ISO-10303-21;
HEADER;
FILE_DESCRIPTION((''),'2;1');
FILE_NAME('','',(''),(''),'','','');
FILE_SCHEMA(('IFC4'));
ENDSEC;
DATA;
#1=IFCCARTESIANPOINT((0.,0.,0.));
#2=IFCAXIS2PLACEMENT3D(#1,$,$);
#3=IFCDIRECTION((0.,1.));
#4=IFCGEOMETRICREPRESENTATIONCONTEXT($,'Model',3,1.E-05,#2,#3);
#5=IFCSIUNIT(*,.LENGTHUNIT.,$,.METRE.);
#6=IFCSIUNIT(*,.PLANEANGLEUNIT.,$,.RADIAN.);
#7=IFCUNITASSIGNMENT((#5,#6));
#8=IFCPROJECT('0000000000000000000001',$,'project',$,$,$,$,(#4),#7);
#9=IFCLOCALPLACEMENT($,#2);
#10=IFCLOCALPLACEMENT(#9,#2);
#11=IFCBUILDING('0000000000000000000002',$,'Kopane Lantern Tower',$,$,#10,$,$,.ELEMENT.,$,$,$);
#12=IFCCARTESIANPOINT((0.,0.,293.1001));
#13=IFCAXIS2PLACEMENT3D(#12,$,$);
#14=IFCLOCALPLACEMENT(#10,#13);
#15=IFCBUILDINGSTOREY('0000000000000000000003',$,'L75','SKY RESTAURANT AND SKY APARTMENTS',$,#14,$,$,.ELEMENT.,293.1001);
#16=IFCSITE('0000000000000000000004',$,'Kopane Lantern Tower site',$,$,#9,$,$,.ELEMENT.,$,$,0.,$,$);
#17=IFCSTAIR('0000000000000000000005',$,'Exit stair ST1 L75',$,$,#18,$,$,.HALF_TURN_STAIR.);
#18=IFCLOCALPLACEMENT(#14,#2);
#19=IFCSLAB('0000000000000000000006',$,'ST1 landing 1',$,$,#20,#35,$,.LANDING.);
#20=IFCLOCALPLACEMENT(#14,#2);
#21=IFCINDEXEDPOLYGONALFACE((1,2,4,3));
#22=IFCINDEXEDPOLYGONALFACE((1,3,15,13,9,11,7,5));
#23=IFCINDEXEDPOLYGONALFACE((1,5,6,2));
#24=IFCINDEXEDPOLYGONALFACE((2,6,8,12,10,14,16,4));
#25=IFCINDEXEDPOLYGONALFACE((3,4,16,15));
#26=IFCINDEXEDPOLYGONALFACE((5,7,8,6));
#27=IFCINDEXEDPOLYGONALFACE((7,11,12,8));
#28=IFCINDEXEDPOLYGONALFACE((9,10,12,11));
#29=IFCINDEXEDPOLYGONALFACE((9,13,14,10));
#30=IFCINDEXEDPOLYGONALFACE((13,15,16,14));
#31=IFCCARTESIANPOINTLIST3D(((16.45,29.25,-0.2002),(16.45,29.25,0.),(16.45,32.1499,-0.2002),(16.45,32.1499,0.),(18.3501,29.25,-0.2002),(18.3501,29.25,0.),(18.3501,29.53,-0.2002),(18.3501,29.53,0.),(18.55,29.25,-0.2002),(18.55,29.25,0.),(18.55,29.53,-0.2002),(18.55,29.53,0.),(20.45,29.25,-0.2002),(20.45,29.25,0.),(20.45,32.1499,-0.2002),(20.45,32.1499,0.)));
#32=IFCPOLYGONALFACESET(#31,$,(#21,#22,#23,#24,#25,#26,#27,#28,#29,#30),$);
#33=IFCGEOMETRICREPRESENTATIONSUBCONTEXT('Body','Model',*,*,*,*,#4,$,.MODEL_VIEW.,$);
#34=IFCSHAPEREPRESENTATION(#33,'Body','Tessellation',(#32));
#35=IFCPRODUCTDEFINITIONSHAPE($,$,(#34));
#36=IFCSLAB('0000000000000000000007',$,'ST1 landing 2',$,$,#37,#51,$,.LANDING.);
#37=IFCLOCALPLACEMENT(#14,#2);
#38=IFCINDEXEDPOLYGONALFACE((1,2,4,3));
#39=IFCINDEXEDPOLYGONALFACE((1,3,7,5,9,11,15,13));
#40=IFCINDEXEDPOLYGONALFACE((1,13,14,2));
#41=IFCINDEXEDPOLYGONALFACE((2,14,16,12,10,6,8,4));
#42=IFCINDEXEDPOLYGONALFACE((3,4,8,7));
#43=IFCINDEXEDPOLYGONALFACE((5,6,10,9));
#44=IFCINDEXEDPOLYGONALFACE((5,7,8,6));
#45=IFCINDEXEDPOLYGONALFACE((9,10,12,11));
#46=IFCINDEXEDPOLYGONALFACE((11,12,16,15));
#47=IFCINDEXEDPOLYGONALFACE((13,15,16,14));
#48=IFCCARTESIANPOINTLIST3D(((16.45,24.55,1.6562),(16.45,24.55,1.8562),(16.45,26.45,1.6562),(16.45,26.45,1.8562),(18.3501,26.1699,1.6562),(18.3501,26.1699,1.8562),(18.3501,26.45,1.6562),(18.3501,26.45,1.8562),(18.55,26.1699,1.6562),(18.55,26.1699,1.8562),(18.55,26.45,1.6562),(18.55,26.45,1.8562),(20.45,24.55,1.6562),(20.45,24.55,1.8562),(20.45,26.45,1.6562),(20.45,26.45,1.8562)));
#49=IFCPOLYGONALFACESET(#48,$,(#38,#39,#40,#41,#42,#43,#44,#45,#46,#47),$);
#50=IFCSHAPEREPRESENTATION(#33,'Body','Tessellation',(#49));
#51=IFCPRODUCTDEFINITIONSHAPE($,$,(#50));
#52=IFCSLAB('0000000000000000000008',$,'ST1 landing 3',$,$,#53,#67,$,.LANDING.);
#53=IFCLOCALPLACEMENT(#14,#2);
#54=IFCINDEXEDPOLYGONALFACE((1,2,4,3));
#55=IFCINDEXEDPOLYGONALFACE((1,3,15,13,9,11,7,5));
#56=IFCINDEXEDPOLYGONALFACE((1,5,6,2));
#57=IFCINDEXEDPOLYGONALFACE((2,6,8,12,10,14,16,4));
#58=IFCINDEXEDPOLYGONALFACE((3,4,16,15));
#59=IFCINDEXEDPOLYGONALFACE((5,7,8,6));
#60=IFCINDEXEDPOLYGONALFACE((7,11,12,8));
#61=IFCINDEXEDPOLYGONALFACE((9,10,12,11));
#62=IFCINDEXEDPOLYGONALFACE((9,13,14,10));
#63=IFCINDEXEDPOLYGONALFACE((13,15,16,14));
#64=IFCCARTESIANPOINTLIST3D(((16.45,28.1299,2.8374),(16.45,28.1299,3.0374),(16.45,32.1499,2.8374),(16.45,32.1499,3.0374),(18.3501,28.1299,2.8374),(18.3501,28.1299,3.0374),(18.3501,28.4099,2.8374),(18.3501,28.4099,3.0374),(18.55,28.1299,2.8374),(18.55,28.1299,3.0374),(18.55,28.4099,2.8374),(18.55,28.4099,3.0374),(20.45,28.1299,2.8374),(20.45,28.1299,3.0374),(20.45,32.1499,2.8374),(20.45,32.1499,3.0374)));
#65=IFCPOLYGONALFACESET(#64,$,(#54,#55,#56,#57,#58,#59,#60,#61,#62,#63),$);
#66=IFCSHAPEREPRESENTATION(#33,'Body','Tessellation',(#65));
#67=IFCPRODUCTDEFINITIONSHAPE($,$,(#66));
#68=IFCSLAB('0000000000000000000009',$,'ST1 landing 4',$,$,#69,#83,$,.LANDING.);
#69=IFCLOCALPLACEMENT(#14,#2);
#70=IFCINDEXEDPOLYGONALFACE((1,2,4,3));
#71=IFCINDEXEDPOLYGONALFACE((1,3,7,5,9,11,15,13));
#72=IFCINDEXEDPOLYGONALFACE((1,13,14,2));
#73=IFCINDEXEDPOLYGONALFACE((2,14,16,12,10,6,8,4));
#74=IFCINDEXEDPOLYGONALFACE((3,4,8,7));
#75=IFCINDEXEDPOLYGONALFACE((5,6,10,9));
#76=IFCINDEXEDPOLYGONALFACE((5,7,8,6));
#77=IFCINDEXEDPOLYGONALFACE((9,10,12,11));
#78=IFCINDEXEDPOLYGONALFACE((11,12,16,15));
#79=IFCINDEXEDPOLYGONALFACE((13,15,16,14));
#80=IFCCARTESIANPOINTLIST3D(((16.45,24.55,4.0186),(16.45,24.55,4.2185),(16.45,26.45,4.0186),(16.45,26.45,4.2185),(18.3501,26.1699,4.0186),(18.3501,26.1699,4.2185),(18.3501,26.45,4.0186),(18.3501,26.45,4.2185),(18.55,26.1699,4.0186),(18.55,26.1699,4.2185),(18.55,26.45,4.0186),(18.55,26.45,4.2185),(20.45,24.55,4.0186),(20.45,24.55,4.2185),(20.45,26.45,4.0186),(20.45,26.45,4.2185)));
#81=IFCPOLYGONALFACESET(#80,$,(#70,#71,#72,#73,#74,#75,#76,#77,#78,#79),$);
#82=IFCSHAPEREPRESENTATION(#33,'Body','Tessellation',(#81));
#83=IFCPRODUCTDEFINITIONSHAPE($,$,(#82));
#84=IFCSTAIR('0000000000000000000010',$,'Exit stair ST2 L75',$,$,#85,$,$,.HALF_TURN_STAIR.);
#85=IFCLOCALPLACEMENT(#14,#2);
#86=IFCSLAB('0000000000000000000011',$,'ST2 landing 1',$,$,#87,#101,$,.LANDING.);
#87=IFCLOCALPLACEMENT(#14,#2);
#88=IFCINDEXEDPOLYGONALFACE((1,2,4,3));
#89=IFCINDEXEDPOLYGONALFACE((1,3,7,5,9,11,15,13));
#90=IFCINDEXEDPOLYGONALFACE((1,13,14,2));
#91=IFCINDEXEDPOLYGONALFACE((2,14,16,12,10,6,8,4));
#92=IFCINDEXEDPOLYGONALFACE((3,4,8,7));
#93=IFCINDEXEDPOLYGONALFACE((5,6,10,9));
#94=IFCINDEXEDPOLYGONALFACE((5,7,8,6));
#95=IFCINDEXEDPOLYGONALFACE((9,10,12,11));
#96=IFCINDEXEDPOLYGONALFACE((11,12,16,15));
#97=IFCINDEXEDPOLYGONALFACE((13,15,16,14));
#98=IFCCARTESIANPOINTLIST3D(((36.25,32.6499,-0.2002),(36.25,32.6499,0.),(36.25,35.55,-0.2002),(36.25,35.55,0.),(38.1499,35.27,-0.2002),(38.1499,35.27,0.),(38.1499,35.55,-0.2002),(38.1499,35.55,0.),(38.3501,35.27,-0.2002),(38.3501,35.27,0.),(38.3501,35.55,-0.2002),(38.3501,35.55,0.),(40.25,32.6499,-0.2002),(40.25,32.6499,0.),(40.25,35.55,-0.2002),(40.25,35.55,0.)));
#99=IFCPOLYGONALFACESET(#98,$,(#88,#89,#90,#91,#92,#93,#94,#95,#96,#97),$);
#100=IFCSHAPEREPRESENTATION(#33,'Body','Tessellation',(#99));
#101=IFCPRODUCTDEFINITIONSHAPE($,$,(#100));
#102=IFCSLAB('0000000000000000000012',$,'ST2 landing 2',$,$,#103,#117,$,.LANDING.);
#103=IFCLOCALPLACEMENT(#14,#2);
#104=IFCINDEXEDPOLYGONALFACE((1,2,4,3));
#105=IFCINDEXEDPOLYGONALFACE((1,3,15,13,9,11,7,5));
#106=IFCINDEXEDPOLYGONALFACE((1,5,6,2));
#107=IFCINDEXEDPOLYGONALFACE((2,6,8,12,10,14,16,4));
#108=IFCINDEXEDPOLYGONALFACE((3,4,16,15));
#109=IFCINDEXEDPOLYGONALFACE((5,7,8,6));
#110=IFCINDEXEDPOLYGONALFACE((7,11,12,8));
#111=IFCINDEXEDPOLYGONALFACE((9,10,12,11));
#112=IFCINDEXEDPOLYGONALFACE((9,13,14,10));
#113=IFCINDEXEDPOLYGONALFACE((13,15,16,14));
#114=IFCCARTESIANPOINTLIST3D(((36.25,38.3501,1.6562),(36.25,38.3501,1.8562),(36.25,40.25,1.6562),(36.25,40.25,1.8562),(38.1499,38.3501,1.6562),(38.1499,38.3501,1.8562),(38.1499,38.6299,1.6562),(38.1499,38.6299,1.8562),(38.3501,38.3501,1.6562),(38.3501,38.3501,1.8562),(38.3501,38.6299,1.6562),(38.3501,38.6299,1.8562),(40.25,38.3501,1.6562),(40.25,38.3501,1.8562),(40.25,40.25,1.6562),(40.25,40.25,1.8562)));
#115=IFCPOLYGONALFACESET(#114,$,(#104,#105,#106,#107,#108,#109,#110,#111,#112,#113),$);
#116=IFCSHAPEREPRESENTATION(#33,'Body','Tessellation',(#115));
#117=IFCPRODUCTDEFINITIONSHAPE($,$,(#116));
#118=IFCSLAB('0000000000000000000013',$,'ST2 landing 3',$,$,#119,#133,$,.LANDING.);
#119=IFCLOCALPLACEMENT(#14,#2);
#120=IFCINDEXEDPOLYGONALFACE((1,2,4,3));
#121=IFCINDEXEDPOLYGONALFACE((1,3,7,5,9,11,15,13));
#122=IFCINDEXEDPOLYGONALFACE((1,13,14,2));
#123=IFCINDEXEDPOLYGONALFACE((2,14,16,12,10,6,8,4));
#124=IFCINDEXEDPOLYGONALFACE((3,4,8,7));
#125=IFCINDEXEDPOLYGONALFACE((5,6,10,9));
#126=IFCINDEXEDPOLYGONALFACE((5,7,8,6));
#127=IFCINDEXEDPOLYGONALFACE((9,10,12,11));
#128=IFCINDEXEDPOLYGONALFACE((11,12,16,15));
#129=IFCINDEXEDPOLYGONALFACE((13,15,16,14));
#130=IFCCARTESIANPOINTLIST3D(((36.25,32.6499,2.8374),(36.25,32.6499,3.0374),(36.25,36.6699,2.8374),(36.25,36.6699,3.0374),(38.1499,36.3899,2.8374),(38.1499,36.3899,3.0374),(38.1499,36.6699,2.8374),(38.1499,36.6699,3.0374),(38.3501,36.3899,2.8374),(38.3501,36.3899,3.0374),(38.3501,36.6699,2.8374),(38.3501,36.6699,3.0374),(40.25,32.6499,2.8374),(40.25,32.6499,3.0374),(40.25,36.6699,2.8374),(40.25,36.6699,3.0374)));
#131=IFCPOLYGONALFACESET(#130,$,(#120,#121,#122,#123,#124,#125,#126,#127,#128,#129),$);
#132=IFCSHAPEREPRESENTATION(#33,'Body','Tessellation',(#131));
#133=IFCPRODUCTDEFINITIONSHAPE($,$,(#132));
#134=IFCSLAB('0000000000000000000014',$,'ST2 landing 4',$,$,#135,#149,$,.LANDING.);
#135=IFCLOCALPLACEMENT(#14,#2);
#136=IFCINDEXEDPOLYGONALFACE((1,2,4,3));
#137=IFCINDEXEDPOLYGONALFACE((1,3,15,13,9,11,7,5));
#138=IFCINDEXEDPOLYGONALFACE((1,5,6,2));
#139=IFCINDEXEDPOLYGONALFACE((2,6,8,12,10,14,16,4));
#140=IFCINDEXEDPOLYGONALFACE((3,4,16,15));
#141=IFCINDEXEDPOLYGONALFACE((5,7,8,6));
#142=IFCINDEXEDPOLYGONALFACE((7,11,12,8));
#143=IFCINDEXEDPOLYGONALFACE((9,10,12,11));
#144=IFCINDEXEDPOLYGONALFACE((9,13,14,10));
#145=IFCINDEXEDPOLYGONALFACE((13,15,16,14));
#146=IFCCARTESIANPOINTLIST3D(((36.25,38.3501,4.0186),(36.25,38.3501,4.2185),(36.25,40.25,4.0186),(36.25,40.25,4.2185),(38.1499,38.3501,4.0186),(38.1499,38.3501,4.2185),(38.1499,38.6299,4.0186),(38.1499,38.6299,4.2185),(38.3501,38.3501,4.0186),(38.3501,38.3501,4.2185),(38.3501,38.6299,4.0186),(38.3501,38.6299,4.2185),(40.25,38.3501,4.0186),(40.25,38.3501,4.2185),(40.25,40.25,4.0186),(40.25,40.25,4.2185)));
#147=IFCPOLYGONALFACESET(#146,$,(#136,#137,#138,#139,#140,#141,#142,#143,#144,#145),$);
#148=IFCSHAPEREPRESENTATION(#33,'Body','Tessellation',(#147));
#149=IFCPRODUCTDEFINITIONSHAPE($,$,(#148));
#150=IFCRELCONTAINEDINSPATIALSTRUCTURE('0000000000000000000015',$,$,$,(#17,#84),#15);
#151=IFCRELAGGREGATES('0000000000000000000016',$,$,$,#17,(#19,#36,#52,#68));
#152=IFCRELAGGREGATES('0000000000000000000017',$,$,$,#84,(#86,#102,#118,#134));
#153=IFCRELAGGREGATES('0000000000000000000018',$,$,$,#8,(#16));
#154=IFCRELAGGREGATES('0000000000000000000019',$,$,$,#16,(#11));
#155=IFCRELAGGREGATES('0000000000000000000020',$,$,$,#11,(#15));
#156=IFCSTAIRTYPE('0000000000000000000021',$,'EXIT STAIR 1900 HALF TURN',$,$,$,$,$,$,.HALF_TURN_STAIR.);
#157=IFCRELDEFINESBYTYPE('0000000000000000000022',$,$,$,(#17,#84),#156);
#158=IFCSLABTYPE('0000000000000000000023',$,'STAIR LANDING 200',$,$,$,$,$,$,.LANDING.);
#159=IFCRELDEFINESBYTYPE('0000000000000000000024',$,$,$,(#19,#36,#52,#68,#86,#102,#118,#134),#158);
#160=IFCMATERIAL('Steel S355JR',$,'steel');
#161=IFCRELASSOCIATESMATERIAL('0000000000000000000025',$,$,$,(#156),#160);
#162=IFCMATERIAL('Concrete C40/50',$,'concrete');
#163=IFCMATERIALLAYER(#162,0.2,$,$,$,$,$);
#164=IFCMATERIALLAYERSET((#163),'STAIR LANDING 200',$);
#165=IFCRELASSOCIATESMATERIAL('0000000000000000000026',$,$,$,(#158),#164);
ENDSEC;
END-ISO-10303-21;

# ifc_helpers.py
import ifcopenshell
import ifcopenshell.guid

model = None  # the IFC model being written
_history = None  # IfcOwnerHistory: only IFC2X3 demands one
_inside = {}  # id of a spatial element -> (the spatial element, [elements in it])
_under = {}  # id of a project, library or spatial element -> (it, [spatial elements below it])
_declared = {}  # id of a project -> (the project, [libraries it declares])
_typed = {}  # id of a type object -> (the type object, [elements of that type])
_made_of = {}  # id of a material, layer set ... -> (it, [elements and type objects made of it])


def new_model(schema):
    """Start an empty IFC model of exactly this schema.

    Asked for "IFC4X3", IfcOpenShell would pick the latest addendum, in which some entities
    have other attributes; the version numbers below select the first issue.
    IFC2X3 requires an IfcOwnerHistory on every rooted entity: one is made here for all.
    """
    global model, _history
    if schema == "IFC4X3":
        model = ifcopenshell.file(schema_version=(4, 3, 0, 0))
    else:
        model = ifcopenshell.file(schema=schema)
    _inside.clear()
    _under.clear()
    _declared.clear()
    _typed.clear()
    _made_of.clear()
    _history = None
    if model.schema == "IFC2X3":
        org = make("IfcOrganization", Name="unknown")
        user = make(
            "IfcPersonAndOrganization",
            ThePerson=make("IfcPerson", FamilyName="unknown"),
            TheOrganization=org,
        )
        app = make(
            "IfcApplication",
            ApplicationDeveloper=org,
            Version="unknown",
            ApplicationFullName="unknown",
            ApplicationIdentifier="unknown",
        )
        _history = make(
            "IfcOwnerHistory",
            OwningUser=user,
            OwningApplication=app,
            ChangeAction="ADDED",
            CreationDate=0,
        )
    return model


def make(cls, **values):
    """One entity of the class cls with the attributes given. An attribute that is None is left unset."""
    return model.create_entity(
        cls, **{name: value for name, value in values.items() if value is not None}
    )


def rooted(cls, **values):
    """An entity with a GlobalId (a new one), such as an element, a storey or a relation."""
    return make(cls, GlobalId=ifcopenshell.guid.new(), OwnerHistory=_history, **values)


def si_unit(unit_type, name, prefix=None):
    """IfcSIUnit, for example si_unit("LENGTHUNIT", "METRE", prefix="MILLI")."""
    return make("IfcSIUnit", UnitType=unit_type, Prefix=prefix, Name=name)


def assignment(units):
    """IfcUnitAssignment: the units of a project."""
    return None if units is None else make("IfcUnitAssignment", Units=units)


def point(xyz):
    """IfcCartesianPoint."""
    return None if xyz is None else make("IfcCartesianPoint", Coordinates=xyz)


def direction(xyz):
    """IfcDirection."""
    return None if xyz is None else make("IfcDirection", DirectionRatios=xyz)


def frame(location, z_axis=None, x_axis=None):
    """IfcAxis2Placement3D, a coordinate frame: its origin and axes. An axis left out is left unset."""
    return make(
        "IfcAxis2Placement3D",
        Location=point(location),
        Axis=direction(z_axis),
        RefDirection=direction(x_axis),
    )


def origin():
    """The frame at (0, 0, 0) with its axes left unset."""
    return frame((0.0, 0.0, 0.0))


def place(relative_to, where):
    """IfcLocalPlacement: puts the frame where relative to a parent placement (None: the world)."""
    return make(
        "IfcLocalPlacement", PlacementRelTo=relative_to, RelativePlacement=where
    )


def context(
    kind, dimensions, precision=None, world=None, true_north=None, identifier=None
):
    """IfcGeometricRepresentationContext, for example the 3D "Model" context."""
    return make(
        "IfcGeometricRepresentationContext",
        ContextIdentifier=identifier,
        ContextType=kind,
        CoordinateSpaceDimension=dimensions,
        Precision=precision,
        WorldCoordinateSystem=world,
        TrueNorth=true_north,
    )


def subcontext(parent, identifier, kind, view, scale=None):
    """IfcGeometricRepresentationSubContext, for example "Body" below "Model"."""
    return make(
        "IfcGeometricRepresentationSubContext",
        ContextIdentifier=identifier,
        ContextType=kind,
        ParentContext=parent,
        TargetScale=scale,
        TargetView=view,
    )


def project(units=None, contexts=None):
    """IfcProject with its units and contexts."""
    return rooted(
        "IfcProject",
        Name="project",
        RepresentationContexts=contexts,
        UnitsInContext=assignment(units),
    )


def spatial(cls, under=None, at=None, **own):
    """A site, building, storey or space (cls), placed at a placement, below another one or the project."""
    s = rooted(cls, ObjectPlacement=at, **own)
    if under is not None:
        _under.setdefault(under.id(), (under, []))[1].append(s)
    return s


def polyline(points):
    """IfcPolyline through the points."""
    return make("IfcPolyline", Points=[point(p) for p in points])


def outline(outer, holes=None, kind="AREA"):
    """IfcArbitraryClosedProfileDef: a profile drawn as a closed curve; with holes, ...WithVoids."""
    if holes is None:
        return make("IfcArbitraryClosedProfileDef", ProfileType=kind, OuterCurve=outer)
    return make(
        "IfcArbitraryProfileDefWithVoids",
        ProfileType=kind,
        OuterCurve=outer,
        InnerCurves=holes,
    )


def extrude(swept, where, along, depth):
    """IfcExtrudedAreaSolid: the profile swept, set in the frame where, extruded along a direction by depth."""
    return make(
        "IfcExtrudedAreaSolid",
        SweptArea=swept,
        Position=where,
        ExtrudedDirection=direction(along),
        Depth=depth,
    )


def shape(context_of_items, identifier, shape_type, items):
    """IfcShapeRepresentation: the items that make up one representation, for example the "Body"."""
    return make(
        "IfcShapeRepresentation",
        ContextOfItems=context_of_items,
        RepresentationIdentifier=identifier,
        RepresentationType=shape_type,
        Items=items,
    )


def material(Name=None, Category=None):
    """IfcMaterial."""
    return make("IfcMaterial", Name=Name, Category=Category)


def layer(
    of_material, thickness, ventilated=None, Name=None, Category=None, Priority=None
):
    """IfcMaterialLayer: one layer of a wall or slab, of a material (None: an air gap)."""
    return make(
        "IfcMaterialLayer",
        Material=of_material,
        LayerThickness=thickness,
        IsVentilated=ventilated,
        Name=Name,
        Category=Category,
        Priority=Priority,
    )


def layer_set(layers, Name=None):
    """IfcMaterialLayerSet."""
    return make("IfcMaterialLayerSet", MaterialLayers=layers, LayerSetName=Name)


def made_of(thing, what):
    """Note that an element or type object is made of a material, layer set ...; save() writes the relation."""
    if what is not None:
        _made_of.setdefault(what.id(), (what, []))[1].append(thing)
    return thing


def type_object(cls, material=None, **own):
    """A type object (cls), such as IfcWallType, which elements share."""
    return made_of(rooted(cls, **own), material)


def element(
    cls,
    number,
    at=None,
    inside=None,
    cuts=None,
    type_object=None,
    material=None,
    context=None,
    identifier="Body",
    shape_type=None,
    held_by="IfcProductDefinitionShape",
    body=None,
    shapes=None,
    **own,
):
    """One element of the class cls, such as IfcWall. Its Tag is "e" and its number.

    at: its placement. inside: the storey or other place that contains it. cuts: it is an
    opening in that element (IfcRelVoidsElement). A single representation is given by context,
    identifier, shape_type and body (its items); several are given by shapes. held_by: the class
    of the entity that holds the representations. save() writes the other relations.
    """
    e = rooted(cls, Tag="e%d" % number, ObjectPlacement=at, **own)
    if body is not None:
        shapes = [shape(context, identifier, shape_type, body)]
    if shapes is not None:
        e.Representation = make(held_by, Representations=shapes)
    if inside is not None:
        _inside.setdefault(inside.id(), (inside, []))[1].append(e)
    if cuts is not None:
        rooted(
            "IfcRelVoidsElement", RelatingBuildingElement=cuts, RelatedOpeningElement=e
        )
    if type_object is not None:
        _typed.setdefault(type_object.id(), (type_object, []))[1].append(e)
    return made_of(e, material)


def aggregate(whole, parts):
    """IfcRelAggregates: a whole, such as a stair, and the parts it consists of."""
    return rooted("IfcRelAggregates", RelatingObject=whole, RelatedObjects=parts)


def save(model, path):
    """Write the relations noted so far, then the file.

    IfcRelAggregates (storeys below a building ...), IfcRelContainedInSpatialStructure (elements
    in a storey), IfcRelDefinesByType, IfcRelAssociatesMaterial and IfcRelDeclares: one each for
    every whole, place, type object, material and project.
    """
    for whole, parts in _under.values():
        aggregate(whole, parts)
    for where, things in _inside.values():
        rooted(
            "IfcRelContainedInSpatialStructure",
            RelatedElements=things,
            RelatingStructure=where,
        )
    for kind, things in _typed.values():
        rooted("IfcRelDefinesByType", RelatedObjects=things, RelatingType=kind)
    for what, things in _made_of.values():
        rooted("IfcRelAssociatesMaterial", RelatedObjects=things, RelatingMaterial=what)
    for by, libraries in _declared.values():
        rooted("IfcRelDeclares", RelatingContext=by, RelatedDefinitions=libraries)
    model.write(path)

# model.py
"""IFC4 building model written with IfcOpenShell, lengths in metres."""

from ifc_helpers import new_model, si_unit, direction, frame, origin, place, context, subcontext, project, spatial, polyline, outline, extrude, material, layer, layer_set, type_object, element, aggregate, save


model = new_model("IFC4")

# Units and contexts
model_context = context("Model", 3, precision=1e-05, world=origin(), true_north=direction((0.0, 1.0)))
body_context = subcontext(model_context, "Body", "Model", "MODEL_VIEW")
ifc_project = project(units=[si_unit("LENGTHUNIT", "METRE"), si_unit("PLANEANGLEUNIT", "RADIAN")], contexts=[model_context])

# Site, building, storey
site_placement = place(None, origin())
site = spatial("IfcSite", under=ifc_project, at=site_placement, Name="Kopane Lantern Tower site", CompositionType="ELEMENT", RefElevation=0.0)
building_placement = place(site_placement, origin())
building = spatial("IfcBuilding", under=site, at=building_placement, Name="Kopane Lantern Tower", CompositionType="ELEMENT")
storey_placement = place(building_placement, frame((0.0, 0.0, 293.1001)))
storey = spatial("IfcBuildingStorey", under=building, at=storey_placement, Name="L75", Description="SKY RESTAURANT AND SKY APARTMENTS", CompositionType="ELEMENT", Elevation=293.1001)

# Stairs, slabs
ifc_material_1 = material(Name="Steel S355JR", Category="steel")
stair_type = type_object("IfcStairType", Name="EXIT STAIR 1900 HALF TURN", PredefinedType="HALF_TURN_STAIR", material=ifc_material_1)
stair_1_placement = place(storey_placement, origin())
stair_1 = element("IfcStair", 1, at=stair_1_placement, inside=storey, type_object=stair_type, Name="Exit stair ST1 L75", PredefinedType="HALF_TURN_STAIR")
ifc_material_2 = material(Name="Concrete C40/50", Category="concrete")
ifc_layer_1 = layer(ifc_material_2, 0.2)
ifc_layer_set_1 = layer_set([ifc_layer_1], Name="STAIR LANDING 200")
slab_type_1 = type_object("IfcSlabType", Name="STAIR LANDING 200", PredefinedType="LANDING", material=ifc_layer_set_1)
slab_1_placement = place(storey_placement, frame((0.0, 0.0, -0.2002)))
slab_1 = element("IfcSlab", 2, at=slab_1_placement, type_object=slab_type_1, Name="ST1 landing 1", PredefinedType="LANDING", context=body_context, shape_type="SweptSolid", body=[
    extrude(outline(polyline([(18.3501, 29.53), (18.55, 29.53), (18.55, 29.25), (20.45, 29.25), (20.45, 32.1499), (16.45, 32.1499), (16.45, 29.25), (18.3501, 29.25), (18.3501, 29.53)])), origin(), (0.0, 0.0, 1.0), 0.2002),
])
slab_2_placement = place(storey_placement, frame((0.0, 0.0, 1.6562)))
slab_2 = element("IfcSlab", 3, at=slab_2_placement, type_object=slab_type_1, Name="ST1 landing 2", PredefinedType="LANDING", context=body_context, shape_type="SweptSolid", body=[
    extrude(outline(polyline([(20.45, 26.45), (18.55, 26.45), (18.55, 26.1699), (18.3501, 26.1699), (18.3501, 26.45), (16.45, 26.45), (16.45, 24.55), (20.45, 24.55), (20.45, 26.45)])), origin(), (0.0, 0.0, 1.0), 0.2),
])
slab_3_placement = place(storey_placement, frame((0.0, 0.0, 2.8374)))
slab_3 = element("IfcSlab", 4, at=slab_3_placement, type_object=slab_type_1, Name="ST1 landing 3", PredefinedType="LANDING", context=body_context, shape_type="SweptSolid", body=[
    extrude(outline(polyline([(18.3501, 28.4099), (18.55, 28.4099), (18.55, 28.1299), (20.45, 28.1299), (20.45, 32.1499), (16.45, 32.1499), (16.45, 28.1299), (18.3501, 28.1299), (18.3501, 28.4099)])), origin(), (0.0, 0.0, 1.0), 0.2),
])
slab_4_placement = place(storey_placement, frame((0.0, 0.0, 4.0186)))
slab_4 = element("IfcSlab", 5, at=slab_4_placement, type_object=slab_type_1, Name="ST1 landing 4", PredefinedType="LANDING", context=body_context, shape_type="SweptSolid", body=[
    extrude(outline(polyline([(20.45, 26.45), (18.55, 26.45), (18.55, 26.1699), (18.3501, 26.1699), (18.3501, 26.45), (16.45, 26.45), (16.45, 24.55), (20.45, 24.55), (20.45, 26.45)])), origin(), (0.0, 0.0, 1.0), 0.2),
])
aggregate(stair_1, [slab_1, slab_2, slab_3, slab_4])
stair_2_placement = place(storey_placement, origin())
stair_2 = element("IfcStair", 6, at=stair_2_placement, inside=storey, type_object=stair_type, Name="Exit stair ST2 L75", PredefinedType="HALF_TURN_STAIR")
slab_5_placement = place(storey_placement, frame((0.0, 0.0, -0.2002)))
slab_5 = element("IfcSlab", 7, at=slab_5_placement, type_object=slab_type_1, Name="ST2 landing 1", PredefinedType="LANDING", context=body_context, shape_type="SweptSolid", body=[
    extrude(outline(polyline([(40.25, 35.55), (38.3501, 35.55), (38.3501, 35.27), (38.1499, 35.27), (38.1499, 35.55), (36.25, 35.55), (36.25, 32.6499), (40.25, 32.6499), (40.25, 35.55)])), origin(), (0.0, 0.0, 1.0), 0.2002),
])
slab_6_placement = place(storey_placement, frame((0.0, 0.0, 1.6562)))
slab_6 = element("IfcSlab", 8, at=slab_6_placement, type_object=slab_type_1, Name="ST2 landing 2", PredefinedType="LANDING", context=body_context, shape_type="SweptSolid", body=[
    extrude(outline(polyline([(38.1499, 38.6299), (38.3501, 38.6299), (38.3501, 38.3501), (40.25, 38.3501), (40.25, 40.25), (36.25, 40.25), (36.25, 38.3501), (38.1499, 38.3501), (38.1499, 38.6299)])), origin(), (0.0, 0.0, 1.0), 0.2),
])
slab_7_placement = place(storey_placement, frame((0.0, 0.0, 2.8374)))
slab_7 = element("IfcSlab", 9, at=slab_7_placement, type_object=slab_type_1, Name="ST2 landing 3", PredefinedType="LANDING", context=body_context, shape_type="SweptSolid", body=[
    extrude(outline(polyline([(40.25, 36.6699), (38.3501, 36.6699), (38.3501, 36.3899), (38.1499, 36.3899), (38.1499, 36.6699), (36.25, 36.6699), (36.25, 32.6499), (40.25, 32.6499), (40.25, 36.6699)])), origin(), (0.0, 0.0, 1.0), 0.2),
])
slab_8_placement = place(storey_placement, frame((0.0, 0.0, 4.0186)))
slab_8 = element("IfcSlab", 10, at=slab_8_placement, type_object=slab_type_1, Name="ST2 landing 4", PredefinedType="LANDING", context=body_context, shape_type="SweptSolid", body=[
    extrude(outline(polyline([(38.1499, 38.6299), (38.3501, 38.6299), (38.3501, 38.3501), (40.25, 38.3501), (40.25, 40.25), (36.25, 40.25), (36.25, 38.3501), (38.1499, 38.3501), (38.1499, 38.6299)])), origin(), (0.0, 0.0, 1.0), 0.2),
])
aggregate(stair_2, [slab_5, slab_6, slab_7, slab_8])

save(model, "model.ifc")
